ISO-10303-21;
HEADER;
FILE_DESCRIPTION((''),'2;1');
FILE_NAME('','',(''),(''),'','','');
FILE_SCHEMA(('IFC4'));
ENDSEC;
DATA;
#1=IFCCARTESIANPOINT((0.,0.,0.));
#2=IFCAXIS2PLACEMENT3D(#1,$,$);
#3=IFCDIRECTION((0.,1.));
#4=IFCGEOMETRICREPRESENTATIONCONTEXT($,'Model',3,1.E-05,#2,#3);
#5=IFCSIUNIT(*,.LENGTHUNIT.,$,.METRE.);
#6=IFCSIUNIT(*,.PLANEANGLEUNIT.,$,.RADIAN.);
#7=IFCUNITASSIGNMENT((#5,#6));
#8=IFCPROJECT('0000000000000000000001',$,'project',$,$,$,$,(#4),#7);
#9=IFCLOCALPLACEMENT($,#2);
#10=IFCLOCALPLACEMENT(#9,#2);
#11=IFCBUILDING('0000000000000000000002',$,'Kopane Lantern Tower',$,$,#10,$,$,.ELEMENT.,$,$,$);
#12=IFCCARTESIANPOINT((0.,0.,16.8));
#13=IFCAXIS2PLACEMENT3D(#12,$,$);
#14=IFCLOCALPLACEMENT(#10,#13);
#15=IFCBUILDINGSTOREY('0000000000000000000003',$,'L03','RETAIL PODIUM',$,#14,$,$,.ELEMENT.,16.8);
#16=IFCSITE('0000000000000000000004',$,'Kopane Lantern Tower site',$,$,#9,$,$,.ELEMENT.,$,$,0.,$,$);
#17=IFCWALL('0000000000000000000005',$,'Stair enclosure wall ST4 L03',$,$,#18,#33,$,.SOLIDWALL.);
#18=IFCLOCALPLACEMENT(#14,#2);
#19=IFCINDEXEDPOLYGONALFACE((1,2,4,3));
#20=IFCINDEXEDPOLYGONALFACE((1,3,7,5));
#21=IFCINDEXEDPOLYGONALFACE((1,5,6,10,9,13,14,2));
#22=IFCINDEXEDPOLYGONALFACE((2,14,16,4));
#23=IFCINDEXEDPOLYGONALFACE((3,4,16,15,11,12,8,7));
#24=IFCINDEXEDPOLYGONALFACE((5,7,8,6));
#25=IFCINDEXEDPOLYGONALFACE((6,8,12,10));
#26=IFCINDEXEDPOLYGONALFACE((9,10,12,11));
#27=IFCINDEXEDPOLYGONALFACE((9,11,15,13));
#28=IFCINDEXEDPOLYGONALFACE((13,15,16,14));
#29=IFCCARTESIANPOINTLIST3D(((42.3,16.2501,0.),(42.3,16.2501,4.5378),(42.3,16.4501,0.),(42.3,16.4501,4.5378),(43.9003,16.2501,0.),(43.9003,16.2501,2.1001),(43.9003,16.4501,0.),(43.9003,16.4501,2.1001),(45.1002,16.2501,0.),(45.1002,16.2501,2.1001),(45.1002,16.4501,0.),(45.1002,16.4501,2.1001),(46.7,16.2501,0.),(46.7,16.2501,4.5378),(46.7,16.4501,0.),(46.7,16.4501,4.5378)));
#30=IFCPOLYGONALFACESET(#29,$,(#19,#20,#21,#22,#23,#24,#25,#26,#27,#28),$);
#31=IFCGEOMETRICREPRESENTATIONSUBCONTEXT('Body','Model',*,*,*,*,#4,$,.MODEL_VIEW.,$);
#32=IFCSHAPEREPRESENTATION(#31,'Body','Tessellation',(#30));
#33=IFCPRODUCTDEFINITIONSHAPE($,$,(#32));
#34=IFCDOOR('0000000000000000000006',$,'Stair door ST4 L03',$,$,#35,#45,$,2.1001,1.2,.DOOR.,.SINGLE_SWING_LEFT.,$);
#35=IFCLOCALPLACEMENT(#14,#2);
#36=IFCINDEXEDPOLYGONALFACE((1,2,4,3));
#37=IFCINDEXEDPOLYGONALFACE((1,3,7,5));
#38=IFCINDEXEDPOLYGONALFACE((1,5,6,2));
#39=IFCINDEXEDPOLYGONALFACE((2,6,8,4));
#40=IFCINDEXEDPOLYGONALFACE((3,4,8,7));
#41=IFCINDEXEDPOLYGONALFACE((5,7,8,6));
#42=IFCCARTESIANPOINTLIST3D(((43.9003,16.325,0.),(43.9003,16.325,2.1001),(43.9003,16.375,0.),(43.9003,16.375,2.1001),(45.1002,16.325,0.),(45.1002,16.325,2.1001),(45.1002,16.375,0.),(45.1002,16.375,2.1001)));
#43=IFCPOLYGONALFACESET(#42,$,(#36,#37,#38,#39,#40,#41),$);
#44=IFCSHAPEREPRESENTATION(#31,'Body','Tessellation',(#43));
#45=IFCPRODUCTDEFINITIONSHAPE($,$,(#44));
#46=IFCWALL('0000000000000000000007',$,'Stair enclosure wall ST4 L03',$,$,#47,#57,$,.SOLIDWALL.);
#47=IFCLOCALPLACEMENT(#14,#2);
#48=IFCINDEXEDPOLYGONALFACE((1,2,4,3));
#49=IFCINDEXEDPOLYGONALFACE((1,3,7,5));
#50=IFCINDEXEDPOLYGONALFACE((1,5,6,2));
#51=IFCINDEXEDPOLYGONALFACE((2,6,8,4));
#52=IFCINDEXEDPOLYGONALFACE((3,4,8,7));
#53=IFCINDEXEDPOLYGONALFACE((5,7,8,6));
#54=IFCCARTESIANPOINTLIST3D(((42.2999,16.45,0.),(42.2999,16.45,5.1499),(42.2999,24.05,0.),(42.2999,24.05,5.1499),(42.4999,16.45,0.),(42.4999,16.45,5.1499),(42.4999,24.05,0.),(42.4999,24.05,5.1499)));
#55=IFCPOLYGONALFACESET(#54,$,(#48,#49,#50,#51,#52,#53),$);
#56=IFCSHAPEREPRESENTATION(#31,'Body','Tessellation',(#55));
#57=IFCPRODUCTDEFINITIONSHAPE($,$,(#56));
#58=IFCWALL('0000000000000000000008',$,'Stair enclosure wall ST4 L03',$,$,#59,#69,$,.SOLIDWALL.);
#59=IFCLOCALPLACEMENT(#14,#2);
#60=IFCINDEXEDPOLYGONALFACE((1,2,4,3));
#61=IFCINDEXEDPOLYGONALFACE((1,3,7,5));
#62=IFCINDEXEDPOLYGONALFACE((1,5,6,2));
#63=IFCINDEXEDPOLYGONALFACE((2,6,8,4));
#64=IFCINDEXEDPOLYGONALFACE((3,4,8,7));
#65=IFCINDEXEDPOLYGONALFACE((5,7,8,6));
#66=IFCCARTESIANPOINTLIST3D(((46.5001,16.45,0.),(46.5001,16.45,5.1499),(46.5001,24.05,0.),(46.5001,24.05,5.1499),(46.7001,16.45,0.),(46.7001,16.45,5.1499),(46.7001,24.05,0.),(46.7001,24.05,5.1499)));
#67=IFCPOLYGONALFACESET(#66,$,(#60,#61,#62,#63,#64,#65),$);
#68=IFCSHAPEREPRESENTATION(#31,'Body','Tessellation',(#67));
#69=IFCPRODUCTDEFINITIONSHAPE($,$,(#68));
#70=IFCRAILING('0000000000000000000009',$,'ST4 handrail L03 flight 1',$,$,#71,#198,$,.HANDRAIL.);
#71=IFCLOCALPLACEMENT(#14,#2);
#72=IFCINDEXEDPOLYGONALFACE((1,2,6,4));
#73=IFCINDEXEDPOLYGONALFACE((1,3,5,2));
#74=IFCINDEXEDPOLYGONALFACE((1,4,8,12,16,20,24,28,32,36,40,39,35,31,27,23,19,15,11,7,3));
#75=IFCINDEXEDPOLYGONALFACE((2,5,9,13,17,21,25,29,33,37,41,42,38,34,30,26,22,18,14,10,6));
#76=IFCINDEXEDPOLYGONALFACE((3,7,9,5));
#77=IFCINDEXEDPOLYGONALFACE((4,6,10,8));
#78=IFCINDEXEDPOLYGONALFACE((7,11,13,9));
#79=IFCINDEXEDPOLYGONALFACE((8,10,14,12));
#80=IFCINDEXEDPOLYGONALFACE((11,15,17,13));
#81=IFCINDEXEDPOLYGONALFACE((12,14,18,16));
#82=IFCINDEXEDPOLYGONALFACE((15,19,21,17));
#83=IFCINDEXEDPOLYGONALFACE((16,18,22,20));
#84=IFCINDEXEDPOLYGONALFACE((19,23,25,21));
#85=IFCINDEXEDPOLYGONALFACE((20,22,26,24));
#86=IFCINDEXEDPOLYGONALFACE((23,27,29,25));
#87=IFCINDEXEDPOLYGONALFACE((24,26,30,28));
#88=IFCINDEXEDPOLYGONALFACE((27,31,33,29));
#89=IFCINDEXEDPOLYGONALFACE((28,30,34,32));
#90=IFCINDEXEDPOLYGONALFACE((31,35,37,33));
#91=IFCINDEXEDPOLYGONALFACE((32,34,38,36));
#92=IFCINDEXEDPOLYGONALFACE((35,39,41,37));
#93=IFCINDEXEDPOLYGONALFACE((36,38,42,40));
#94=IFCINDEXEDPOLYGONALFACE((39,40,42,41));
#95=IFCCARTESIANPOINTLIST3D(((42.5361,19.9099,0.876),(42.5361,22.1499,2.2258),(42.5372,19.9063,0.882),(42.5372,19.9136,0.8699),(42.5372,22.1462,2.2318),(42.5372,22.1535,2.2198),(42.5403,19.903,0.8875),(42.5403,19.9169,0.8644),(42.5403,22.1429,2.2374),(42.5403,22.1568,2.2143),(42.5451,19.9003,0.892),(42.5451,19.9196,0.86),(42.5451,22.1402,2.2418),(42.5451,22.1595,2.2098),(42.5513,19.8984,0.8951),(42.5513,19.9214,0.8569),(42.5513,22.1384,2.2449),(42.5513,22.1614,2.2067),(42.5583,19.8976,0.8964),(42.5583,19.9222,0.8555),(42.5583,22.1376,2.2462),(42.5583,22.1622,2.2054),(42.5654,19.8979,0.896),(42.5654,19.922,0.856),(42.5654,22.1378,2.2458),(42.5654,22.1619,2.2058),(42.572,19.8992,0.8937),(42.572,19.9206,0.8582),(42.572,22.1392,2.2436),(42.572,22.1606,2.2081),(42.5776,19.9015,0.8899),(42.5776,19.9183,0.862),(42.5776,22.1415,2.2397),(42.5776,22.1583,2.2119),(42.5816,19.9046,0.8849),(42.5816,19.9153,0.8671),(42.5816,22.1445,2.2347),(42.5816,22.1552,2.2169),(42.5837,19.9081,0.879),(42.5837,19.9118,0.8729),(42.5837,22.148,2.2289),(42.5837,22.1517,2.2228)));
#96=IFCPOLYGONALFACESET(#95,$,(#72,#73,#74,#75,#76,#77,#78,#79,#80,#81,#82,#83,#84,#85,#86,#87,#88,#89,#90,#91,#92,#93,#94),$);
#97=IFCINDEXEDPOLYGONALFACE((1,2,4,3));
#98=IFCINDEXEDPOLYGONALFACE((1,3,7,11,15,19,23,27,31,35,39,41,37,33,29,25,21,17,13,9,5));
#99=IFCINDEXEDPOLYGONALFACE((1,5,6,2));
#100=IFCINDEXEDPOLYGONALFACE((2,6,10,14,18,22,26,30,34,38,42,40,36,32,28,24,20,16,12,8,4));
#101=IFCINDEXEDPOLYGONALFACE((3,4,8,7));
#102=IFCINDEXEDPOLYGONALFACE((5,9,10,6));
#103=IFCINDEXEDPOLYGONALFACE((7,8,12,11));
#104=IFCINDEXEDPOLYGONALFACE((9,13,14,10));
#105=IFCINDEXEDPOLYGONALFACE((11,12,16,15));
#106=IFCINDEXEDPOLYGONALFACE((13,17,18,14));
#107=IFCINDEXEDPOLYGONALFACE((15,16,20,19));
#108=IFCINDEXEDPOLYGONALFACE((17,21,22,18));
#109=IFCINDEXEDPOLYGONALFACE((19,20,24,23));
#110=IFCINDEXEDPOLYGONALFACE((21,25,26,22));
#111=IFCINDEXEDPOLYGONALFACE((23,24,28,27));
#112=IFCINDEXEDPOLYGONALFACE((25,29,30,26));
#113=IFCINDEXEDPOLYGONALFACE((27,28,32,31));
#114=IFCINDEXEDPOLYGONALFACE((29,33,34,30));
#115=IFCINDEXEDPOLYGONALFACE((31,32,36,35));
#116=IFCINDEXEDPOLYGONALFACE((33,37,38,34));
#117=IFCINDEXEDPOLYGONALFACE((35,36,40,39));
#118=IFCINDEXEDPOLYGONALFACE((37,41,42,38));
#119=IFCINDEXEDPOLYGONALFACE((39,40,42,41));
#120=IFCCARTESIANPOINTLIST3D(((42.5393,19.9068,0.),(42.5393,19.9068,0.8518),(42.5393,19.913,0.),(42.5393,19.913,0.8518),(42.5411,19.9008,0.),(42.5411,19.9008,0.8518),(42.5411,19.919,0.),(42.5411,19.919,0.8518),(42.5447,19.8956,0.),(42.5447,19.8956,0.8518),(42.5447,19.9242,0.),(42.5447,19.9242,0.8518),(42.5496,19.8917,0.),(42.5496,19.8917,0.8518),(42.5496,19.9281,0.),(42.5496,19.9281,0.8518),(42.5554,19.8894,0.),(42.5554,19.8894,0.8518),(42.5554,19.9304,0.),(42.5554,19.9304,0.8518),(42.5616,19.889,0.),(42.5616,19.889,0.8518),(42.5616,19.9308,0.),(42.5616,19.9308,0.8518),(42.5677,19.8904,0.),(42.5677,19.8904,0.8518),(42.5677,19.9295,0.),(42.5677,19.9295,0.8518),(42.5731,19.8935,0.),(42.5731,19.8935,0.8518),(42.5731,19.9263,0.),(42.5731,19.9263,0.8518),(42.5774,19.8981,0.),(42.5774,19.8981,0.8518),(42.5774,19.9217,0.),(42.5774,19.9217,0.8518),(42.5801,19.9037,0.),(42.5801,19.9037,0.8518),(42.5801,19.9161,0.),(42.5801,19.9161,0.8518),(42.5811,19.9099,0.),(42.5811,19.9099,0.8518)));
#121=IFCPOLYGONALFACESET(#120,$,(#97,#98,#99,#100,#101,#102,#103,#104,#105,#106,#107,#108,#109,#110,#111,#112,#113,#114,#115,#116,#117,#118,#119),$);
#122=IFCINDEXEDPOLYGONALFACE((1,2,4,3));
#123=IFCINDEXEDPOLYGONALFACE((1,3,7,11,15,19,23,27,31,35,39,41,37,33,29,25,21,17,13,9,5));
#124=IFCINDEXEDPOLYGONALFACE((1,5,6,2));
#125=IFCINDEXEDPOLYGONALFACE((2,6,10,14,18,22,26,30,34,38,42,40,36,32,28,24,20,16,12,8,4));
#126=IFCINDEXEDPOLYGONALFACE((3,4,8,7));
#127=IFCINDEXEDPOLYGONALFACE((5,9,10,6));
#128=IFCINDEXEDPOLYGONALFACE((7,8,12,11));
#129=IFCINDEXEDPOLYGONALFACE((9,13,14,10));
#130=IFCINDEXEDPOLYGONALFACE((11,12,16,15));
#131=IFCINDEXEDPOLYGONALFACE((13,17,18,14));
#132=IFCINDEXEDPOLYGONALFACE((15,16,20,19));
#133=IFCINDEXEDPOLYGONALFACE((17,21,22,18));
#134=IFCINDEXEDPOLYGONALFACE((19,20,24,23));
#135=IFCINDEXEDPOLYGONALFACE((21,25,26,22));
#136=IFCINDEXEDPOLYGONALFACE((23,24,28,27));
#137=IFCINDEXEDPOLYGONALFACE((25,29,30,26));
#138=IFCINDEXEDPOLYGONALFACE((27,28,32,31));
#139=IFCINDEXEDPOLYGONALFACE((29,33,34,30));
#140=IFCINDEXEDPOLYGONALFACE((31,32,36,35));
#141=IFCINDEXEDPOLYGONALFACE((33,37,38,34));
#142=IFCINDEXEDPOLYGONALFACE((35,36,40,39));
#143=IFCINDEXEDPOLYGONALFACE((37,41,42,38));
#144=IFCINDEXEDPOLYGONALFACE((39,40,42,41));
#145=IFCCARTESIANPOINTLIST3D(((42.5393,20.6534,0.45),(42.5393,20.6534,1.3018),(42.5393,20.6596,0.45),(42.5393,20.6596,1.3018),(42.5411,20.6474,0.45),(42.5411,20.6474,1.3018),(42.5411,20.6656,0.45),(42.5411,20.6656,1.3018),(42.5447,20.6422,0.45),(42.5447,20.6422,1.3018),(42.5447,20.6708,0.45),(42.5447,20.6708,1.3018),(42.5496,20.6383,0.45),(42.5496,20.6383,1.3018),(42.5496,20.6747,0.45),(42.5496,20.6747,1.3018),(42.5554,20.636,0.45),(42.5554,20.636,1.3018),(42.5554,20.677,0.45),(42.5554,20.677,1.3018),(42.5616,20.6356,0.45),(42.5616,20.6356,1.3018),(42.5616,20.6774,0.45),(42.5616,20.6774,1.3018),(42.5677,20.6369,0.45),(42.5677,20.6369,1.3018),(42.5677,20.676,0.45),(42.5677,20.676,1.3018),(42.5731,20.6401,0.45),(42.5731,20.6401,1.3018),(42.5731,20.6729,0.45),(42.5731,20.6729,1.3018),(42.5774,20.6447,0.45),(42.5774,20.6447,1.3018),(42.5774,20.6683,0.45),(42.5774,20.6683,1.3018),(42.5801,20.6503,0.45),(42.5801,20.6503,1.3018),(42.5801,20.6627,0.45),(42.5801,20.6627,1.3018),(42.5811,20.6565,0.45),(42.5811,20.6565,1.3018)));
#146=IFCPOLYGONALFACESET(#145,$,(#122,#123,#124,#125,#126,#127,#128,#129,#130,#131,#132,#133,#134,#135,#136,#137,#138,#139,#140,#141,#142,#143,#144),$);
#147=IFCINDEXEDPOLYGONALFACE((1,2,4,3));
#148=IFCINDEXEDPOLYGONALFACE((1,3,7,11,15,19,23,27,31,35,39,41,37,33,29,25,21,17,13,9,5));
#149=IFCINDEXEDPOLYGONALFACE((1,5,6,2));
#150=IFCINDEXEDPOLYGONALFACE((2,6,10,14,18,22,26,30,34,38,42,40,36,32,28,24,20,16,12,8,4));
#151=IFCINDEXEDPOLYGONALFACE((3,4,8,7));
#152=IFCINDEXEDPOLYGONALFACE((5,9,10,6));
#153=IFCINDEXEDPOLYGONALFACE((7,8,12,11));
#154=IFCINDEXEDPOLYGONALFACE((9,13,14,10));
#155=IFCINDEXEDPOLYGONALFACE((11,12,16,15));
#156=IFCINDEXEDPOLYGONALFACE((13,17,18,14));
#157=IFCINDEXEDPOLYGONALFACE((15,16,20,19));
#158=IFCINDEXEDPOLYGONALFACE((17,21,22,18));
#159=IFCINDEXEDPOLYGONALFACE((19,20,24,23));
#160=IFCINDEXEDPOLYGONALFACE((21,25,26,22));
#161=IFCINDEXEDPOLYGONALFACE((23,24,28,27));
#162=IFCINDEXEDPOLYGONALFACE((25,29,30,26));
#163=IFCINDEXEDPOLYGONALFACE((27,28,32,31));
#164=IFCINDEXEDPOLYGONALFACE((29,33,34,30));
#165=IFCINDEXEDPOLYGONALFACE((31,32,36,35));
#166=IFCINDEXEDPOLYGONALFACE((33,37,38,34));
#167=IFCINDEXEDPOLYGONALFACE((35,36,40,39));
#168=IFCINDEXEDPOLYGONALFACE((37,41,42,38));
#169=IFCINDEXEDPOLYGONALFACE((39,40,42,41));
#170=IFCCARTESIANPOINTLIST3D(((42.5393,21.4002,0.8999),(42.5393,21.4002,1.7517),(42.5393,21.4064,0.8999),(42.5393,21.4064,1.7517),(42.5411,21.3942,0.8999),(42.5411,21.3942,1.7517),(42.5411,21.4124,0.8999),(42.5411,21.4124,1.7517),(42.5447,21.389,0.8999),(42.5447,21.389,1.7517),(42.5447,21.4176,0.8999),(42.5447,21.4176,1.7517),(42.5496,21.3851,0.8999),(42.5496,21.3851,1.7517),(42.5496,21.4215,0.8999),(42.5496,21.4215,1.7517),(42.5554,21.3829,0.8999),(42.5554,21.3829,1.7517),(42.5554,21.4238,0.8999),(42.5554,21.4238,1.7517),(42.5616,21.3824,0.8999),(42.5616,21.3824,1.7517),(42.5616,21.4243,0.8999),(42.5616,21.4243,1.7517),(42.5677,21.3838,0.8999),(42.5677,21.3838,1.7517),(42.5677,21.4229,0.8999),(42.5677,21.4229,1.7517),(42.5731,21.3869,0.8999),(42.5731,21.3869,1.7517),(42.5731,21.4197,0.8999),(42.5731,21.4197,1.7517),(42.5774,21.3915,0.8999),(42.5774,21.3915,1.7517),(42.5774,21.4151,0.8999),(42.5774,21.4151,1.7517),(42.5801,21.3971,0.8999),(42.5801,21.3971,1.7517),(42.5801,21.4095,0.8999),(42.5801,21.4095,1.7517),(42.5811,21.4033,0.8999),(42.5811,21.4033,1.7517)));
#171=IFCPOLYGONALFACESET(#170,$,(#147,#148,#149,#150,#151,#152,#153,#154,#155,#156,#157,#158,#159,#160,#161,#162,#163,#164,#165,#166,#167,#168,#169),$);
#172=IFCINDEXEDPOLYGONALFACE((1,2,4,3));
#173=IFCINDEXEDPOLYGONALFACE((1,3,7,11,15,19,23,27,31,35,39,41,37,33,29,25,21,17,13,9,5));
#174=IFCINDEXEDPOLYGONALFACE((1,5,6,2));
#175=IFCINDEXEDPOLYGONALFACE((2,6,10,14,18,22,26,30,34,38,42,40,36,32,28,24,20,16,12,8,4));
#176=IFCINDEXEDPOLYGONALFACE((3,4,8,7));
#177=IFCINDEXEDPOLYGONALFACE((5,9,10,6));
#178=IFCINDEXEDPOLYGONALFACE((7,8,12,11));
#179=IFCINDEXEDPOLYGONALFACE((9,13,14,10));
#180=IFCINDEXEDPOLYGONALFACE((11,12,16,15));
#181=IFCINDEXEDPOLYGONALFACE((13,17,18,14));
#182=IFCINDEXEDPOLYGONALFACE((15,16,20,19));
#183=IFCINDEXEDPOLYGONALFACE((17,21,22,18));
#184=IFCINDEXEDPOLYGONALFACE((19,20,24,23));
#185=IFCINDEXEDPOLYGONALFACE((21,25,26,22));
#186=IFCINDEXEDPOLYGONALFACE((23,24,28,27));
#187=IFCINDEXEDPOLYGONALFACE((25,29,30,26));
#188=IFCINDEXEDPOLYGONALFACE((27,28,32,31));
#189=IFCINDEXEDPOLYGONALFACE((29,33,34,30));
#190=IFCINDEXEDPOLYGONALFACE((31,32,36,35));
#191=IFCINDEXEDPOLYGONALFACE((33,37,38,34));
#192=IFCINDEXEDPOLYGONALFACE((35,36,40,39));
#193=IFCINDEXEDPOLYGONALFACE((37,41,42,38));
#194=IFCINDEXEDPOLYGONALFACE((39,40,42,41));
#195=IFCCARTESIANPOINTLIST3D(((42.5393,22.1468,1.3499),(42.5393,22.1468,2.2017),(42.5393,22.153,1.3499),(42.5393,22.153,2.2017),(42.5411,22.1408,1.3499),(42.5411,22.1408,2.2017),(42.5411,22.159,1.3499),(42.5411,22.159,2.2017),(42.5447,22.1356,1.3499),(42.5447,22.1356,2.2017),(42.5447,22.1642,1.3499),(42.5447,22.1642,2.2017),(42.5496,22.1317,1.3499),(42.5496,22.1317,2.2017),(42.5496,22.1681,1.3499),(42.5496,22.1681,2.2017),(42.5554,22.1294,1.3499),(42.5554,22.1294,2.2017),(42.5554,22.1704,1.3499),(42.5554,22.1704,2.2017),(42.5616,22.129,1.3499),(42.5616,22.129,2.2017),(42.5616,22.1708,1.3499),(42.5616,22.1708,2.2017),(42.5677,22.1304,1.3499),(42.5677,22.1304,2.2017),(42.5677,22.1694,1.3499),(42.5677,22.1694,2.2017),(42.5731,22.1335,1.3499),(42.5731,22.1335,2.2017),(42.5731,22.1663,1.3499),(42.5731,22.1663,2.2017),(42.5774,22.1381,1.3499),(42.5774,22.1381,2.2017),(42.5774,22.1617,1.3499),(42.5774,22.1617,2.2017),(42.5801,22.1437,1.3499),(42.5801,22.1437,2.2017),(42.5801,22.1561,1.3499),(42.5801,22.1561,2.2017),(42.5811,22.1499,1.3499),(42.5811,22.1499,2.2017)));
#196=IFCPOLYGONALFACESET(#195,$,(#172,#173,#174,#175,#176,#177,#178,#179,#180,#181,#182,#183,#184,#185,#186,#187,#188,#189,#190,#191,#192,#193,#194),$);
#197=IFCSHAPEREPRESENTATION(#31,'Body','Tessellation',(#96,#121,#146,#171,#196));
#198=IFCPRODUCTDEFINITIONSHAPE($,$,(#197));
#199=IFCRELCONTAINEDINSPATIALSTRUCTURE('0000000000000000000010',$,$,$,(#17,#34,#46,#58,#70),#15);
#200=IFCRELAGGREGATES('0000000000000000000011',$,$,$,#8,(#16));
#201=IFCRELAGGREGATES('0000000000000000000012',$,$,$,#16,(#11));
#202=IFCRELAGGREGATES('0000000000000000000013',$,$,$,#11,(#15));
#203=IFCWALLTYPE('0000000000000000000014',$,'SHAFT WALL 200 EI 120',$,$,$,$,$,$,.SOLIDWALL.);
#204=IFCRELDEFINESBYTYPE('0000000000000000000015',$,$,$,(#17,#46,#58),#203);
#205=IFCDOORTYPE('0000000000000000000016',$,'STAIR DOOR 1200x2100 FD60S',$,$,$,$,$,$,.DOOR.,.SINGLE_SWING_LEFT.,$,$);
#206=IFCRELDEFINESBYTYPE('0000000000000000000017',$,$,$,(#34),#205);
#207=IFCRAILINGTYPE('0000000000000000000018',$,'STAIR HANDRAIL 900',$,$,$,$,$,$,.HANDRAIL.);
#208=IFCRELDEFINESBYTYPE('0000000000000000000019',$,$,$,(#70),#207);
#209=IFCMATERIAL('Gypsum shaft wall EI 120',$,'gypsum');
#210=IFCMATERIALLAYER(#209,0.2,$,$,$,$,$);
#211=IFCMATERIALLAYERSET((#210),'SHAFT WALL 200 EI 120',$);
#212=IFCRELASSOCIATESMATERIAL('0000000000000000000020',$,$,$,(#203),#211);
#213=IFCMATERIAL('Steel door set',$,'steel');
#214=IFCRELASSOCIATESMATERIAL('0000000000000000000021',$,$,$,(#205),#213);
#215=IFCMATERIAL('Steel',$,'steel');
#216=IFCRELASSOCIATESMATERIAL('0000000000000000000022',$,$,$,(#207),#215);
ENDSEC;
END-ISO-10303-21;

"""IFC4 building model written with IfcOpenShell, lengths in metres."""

from ifc_helpers import new_model, si_unit, direction, frame, frame_2d, origin, origin_2d, place, context, subcontext, project, spatial, rectangle, circle, extrude, material, layer, layer_set, type_object, element, fill, save


model = new_model("IFC4")

# Units and contexts
model_context = context("Model", 3, precision=1e-05, world=origin(), true_north=direction((0.0, 1.0)))
body_context = subcontext(model_context, "Body", "Model", "MODEL_VIEW")
ifc_project = project(units=[si_unit("LENGTHUNIT", "METRE"), si_unit("PLANEANGLEUNIT", "RADIAN")], contexts=[model_context])

# Site, building, storey
site_placement = place(None, origin())
site = spatial("IfcSite", under=ifc_project, at=site_placement, Name="Kopane Lantern Tower site", CompositionType="ELEMENT", RefElevation=0.0)
building_placement = place(site_placement, origin())
building = spatial("IfcBuilding", under=site, at=building_placement, Name="Kopane Lantern Tower", CompositionType="ELEMENT")
storey_placement = place(building_placement, frame((0.0, 0.0, 16.8)))
storey = spatial("IfcBuildingStorey", under=building, at=storey_placement, Name="L03", Description="RETAIL PODIUM", CompositionType="ELEMENT", Elevation=16.8)

# Wall, opening, door
ifc_material_1 = material(Name="Gypsum shaft wall EI 120", Category="gypsum")
ifc_layer_1 = layer(ifc_material_1, 0.2)
ifc_layer_set_1 = layer_set([ifc_layer_1], Name="SHAFT WALL 200 EI 120")
wall_type_1 = type_object("IfcWallType", Name="SHAFT WALL 200 EI 120", PredefinedType="SOLIDWALL", material=ifc_layer_set_1)
wall_1_placement = place(storey_placement, frame((42.3, 16.3501, 0.0), z_axis=(0.0, 0.0, 1.0), x_axis=(1.0, 0.0, 0.0)))
wall_1 = element("IfcWall", 1, at=wall_1_placement, inside=storey, type_object=wall_type_1, Name="Stair enclosure wall ST4 L03", PredefinedType="SOLIDWALL", context=body_context, shape_type="SweptSolid", body=[
    extrude(rectangle(XDim=4.3999, YDim=0.2, at=frame_2d((2.2, 0.0))), origin(), (0.0, 0.0, 1.0), 4.5378),
])
opening_placement = place(wall_1_placement, frame((1.6001, 0.0, 0.0)))
opening = element("IfcOpeningElement", 2, at=opening_placement, cuts=wall_1, PredefinedType="OPENING", context=body_context, shape_type="SweptSolid", body=[
    extrude(rectangle(XDim=1.2, YDim=2.1001, at=frame_2d((0.6001, 1.05))), frame((0.0, 0.1099, 0.0), z_axis=(0.0, -1.0, 0.0), x_axis=(1.0, 0.0, 0.0)), (0.0, 0.0, 1.0), 0.22),
])
ifc_material_2 = material(Name="Steel door set", Category="steel")
door_type = type_object("IfcDoorType", Name="STAIR DOOR 1200x2100 FD60S", OperationType="SINGLE_SWING_LEFT", PredefinedType="DOOR", material=ifc_material_2)
door_placement = place(opening_placement, origin())
door = element("IfcDoor", 3, at=door_placement, inside=storey, type_object=door_type, Name="Stair door ST4 L03", OperationType="SINGLE_SWING_LEFT", OverallHeight=2.1001, OverallWidth=1.2, PredefinedType="DOOR", context=body_context, shape_type="SweptSolid", body=[
    extrude(rectangle(XDim=1.2, YDim=2.1001, at=frame_2d((0.6001, 1.05))), frame((0.0, 0.0249, 0.0), z_axis=(0.0, -1.0, 0.0), x_axis=(1.0, 0.0, 0.0)), (0.0, 0.0, 1.0), 0.05),
])
fill(opening, door)

# Walls
for number, where, z_axis, x_axis, name in (
    (4, (42.3999, 16.45, 0.0), (0.0, 0.0, 1.0), (0.0, 1.0, 0.0), "Stair enclosure wall ST4 L03"),
    (5, (46.6001, 16.45, 0.0), (0.0, 0.0, 1.0), (0.0, 1.0, 0.0), "Stair enclosure wall ST4 L03"),
):
    element("IfcWall", number, at=place(storey_placement, frame(where, z_axis=z_axis, x_axis=x_axis)), inside=storey, type_object=wall_type_1, Name=name, PredefinedType="SOLIDWALL", context=body_context, shape_type="SweptSolid", body=[
        extrude(rectangle(XDim=7.6001, YDim=0.2, at=frame_2d((3.8, 0.0))), origin(), (0.0, 0.0, 1.0), 5.1499),
    ])

# Railing
ifc_material_3 = material(Name="Steel", Category="steel")
railing_type = type_object("IfcRailingType", Name="STAIR HANDRAIL 900", PredefinedType="HANDRAIL", material=ifc_material_3)
railing_placement = place(storey_placement, frame((42.5601, 19.9099, 0.0)))
element("IfcRailing", 6, at=railing_placement, inside=storey, type_object=railing_type, Name="ST4 handrail L03 flight 1", PredefinedType="HANDRAIL", context=body_context, shape_type="SweptSolid", body=[
    extrude(circle(Radius=0.0239, at=origin_2d()), frame((0.0, 0.0, 0.876), z_axis=(0.0, 0.856503, 0.516142), x_axis=(-1.0, 0.0, 0.0)), (0.0, 0.0, 1.0), 2.6152),
    extrude(circle(Radius=0.021, at=origin_2d()), origin(), (0.0, 0.0, 1.0), 0.8518),
    extrude(circle(Radius=0.021, at=origin_2d()), frame((0.0, 0.7466, 0.45)), (0.0, 0.0, 1.0), 0.8518),
    extrude(circle(Radius=0.021, at=origin_2d()), frame((0.0, 1.4934, 0.8999)), (0.0, 0.0, 1.0), 0.8518),
    extrude(circle(Radius=0.021, at=origin_2d()), frame((0.0, 2.24, 1.3499)), (0.0, 0.0, 1.0), 0.8518),
])

save(model, "model.ifc")
